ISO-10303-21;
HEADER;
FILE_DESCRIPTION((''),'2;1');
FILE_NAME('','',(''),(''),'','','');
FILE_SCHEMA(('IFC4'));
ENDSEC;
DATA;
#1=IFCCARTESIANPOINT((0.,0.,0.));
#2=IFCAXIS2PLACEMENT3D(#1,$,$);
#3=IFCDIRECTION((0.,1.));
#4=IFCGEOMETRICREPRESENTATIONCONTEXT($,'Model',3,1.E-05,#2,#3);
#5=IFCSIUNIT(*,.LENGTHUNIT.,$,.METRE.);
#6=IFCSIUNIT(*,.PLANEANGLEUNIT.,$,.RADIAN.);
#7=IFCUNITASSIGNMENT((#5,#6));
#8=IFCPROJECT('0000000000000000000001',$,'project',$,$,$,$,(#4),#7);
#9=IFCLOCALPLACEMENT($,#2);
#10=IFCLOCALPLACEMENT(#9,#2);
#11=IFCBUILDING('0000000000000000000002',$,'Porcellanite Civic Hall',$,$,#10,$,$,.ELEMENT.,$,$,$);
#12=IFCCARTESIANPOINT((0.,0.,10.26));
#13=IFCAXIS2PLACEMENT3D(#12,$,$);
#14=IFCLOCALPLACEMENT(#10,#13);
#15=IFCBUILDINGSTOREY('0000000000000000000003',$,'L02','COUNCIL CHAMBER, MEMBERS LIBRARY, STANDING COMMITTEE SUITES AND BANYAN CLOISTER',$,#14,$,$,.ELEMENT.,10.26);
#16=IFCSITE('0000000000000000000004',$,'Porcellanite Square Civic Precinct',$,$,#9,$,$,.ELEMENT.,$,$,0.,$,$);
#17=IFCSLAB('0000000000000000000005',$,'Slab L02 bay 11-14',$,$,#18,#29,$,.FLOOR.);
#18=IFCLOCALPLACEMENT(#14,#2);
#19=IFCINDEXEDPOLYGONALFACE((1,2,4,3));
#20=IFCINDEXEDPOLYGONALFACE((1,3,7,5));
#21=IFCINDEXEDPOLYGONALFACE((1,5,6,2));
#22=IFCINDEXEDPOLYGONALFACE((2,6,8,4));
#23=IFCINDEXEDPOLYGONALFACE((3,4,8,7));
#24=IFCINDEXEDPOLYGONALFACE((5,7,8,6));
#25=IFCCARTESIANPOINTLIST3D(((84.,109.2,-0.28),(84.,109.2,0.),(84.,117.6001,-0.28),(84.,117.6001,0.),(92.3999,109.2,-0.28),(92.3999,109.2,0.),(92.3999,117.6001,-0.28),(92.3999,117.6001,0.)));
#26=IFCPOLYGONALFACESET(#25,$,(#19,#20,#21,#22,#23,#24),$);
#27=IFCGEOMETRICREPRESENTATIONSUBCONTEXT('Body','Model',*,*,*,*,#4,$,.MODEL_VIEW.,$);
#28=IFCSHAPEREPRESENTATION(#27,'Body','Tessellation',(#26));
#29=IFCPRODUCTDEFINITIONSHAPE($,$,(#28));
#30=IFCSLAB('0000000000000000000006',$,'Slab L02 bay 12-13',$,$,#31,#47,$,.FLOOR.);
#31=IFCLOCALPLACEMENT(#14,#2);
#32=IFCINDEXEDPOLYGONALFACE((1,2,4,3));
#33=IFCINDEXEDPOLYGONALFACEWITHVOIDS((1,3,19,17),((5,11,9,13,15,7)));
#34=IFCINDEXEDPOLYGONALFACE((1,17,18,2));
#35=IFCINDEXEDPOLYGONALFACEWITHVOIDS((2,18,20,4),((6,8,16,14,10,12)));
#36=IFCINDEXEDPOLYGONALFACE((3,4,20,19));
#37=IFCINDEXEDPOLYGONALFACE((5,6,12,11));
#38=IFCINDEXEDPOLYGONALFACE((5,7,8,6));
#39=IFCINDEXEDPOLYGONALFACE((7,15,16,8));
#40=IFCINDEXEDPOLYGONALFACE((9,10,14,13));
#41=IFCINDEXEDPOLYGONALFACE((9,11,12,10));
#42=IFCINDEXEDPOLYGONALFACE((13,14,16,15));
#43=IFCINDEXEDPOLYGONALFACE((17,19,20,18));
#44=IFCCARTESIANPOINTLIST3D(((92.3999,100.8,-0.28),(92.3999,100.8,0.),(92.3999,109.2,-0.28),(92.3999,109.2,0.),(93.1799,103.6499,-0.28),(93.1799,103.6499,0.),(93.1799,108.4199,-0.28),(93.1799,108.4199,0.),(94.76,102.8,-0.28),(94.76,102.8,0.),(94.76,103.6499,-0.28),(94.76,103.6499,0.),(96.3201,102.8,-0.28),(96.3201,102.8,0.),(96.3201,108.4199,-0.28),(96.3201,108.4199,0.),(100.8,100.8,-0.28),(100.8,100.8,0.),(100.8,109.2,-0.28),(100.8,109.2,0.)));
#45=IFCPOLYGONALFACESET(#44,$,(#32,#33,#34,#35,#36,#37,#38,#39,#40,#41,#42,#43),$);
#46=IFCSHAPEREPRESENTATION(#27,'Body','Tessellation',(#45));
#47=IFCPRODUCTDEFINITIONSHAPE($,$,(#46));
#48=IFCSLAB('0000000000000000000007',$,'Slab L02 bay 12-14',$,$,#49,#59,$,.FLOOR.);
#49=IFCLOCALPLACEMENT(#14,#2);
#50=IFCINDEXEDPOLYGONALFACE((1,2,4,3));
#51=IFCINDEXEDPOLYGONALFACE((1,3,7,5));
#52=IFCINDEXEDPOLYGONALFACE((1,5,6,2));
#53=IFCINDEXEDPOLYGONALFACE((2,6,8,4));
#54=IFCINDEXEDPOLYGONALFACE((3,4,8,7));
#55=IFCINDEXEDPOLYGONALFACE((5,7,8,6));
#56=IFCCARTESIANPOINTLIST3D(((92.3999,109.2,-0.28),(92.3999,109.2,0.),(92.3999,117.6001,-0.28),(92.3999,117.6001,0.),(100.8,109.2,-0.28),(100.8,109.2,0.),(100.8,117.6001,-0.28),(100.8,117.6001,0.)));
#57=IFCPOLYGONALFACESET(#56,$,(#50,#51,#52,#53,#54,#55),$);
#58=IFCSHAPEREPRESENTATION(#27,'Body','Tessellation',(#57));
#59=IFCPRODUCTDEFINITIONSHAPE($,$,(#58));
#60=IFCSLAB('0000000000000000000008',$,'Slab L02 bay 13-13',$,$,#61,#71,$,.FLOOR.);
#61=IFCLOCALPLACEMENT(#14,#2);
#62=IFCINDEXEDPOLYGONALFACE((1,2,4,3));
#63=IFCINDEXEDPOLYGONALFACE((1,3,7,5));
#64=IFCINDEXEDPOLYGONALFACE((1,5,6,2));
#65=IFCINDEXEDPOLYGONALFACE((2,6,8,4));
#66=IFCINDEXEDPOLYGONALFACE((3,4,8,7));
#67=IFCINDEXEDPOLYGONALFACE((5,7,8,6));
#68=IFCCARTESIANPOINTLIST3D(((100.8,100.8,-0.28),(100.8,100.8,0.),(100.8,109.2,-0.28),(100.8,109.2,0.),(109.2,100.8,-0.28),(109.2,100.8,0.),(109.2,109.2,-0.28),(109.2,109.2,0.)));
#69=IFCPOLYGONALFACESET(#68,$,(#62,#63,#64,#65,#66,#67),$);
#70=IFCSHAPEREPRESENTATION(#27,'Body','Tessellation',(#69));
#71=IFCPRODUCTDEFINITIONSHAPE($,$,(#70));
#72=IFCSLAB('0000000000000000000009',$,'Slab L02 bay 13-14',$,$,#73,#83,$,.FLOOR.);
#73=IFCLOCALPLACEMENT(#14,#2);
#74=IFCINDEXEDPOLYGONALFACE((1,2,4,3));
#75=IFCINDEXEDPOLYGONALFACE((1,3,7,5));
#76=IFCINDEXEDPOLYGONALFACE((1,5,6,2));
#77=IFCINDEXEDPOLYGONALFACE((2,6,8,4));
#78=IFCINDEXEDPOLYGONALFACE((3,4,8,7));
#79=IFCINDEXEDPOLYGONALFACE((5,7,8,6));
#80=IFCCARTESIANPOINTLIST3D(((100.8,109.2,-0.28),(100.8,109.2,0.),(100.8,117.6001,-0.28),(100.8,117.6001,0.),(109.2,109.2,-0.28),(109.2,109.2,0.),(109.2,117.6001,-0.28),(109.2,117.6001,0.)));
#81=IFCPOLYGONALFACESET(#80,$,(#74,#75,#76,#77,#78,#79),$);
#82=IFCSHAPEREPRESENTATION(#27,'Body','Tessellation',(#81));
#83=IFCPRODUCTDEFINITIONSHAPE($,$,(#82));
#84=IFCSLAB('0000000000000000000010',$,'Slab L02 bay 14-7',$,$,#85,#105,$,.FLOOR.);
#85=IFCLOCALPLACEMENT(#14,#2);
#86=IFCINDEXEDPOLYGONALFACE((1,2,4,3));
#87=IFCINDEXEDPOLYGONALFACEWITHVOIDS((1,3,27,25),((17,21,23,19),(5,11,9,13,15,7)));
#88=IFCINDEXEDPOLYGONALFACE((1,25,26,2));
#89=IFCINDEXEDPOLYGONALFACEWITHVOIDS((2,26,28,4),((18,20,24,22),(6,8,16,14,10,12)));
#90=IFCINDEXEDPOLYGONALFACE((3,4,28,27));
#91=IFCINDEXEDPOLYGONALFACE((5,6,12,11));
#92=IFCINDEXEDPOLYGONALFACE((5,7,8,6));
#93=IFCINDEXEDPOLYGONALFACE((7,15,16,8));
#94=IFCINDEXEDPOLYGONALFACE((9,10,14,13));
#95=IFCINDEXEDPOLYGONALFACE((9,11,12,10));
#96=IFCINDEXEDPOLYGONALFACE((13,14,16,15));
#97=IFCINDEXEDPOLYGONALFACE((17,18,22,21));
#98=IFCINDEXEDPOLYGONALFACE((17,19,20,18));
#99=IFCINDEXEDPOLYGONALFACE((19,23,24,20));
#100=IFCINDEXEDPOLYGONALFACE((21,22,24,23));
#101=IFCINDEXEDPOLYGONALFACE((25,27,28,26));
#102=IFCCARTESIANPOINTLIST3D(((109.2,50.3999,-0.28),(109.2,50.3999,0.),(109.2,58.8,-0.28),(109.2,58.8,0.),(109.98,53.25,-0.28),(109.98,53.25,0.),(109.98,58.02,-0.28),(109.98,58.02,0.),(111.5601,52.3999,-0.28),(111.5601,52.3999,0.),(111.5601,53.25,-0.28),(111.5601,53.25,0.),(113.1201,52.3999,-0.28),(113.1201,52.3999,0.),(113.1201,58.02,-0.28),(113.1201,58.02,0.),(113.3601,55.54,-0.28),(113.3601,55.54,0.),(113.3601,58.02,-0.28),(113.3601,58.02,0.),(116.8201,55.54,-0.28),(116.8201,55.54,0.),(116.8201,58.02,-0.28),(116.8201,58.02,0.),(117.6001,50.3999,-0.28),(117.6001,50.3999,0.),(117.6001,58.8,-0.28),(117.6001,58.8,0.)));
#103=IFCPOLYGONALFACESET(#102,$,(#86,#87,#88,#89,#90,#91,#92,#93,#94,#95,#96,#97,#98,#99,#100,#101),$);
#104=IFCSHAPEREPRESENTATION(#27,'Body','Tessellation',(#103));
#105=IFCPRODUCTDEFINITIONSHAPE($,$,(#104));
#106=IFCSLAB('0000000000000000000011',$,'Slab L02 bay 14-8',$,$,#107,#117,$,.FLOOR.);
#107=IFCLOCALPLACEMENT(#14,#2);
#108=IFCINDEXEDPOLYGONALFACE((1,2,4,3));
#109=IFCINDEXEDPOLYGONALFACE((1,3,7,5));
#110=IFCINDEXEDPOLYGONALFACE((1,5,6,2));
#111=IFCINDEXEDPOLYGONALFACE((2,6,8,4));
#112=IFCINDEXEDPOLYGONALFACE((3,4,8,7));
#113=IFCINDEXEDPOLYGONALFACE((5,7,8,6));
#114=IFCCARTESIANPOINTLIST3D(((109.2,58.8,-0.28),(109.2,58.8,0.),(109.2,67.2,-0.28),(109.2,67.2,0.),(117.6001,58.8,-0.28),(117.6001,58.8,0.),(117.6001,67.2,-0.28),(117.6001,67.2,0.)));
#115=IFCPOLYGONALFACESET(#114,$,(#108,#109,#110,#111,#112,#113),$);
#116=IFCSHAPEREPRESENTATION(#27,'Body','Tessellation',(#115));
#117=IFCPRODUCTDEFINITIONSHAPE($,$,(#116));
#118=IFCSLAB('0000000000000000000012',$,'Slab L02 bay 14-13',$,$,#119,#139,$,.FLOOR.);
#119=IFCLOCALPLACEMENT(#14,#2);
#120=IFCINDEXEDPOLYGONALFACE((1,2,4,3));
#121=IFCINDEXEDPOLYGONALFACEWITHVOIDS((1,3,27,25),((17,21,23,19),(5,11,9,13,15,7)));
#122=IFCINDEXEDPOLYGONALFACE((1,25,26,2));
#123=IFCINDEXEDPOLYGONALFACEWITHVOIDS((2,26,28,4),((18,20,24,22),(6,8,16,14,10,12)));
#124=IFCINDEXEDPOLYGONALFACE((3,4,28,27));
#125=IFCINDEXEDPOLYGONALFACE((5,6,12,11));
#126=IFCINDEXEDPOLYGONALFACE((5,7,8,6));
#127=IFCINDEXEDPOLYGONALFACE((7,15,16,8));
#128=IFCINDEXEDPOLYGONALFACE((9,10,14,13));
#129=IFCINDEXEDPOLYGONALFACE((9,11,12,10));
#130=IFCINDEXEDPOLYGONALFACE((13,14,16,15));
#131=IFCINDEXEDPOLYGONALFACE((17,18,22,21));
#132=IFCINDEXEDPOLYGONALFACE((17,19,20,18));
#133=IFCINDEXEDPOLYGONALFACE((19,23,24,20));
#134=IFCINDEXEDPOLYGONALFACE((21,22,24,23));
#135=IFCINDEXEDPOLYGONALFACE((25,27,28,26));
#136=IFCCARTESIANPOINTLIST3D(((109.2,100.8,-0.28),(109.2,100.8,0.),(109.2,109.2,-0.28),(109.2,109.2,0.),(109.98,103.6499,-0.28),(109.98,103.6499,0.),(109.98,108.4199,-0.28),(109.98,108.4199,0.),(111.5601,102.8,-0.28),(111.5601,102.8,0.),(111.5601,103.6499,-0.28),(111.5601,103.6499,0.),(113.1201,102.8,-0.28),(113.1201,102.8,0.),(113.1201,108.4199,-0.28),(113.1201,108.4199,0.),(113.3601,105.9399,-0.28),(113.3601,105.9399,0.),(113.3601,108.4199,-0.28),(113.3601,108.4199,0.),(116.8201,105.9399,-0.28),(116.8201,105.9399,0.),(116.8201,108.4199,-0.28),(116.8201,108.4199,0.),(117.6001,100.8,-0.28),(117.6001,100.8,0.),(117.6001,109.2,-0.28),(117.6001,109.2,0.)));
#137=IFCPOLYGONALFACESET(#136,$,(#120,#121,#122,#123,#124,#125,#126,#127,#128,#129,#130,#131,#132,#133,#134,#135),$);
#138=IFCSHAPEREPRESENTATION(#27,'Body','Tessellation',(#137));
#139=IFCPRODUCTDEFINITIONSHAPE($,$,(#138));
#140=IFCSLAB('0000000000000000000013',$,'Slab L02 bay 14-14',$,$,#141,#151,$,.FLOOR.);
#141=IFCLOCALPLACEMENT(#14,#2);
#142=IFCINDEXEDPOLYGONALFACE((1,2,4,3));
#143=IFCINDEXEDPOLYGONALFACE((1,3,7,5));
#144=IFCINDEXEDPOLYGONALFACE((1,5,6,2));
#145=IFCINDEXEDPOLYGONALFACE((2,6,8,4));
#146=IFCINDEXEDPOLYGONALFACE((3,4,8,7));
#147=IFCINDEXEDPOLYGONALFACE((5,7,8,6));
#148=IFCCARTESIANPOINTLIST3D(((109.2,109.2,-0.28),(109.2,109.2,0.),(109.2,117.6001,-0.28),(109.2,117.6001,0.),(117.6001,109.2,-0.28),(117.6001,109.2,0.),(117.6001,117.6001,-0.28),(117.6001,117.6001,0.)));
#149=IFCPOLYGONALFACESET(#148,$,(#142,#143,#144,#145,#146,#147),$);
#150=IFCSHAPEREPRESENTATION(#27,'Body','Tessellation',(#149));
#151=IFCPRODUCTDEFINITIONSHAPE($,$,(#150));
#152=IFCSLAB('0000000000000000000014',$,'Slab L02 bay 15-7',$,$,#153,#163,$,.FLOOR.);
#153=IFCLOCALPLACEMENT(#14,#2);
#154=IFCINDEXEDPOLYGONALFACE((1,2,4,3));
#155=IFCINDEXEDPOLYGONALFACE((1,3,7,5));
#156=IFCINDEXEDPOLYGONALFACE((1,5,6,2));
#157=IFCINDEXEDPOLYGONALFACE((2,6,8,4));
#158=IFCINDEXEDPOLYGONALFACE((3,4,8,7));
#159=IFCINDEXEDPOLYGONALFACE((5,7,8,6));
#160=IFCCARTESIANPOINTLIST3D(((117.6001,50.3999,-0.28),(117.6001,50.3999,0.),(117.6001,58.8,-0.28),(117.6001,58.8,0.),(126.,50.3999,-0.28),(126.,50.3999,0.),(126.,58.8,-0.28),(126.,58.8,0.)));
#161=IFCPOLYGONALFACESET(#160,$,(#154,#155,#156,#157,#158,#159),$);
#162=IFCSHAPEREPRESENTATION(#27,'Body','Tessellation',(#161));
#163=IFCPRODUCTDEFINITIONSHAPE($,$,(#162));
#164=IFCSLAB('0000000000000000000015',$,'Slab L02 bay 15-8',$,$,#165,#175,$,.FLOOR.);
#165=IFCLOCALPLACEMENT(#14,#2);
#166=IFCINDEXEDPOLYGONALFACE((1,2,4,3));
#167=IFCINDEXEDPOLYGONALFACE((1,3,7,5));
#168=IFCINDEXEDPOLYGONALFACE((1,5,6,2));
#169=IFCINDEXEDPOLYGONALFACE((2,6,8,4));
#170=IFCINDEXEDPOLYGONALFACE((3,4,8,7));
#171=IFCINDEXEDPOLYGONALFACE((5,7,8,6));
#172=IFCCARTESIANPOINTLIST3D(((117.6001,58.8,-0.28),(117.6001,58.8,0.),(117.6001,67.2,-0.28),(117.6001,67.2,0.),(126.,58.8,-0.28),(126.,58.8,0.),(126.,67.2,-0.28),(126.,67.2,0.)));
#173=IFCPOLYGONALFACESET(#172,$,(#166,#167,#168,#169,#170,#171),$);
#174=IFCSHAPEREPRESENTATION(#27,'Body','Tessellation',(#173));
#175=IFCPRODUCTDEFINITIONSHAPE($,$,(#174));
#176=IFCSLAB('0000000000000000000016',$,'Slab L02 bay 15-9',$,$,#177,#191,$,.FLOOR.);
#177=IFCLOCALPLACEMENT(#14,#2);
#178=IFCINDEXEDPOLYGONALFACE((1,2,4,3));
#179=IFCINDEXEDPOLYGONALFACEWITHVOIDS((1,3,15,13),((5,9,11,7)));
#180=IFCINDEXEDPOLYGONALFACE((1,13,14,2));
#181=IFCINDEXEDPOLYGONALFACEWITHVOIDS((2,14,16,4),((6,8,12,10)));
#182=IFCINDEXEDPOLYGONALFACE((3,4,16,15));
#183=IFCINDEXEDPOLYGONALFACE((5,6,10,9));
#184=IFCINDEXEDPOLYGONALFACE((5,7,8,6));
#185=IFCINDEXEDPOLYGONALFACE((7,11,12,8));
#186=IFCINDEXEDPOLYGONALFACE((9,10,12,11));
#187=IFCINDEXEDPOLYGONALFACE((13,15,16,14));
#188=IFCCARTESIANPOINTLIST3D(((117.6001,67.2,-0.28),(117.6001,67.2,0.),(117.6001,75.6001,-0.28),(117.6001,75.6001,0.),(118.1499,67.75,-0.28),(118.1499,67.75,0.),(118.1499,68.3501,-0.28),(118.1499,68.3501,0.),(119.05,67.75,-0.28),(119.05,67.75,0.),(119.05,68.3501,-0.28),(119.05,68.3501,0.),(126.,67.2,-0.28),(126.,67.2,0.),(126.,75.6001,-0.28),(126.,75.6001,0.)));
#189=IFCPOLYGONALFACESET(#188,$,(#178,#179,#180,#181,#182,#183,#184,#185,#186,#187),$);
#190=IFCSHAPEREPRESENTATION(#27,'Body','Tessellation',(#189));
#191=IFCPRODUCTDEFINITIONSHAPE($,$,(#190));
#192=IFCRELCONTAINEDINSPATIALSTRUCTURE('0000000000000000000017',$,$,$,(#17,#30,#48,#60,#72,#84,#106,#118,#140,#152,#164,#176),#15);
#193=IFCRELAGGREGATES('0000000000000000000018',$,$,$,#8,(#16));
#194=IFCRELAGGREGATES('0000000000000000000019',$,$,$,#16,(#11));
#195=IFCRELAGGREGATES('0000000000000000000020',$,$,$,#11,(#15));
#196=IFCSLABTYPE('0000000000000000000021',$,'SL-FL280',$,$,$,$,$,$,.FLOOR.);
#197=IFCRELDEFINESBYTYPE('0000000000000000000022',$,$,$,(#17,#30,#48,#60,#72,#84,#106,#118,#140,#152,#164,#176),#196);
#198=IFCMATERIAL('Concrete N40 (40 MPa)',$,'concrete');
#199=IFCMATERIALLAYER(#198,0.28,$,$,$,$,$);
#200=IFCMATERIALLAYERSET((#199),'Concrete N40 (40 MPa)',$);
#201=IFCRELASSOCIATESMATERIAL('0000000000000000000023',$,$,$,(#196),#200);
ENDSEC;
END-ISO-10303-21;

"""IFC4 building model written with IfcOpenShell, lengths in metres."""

from ifc_helpers import new_model, si_unit, direction, frame, origin, place, context, subcontext, project, spatial, polyline, outline, extrude, material, layer, layer_set, type_object, element, save


model = new_model("IFC4")

# Units and contexts
model_context = context("Model", 3, precision=1e-05, world=origin(), true_north=direction((0.0, 1.0)))
body_context = subcontext(model_context, "Body", "Model", "MODEL_VIEW")
ifc_project = project(units=[si_unit("LENGTHUNIT", "METRE"), si_unit("PLANEANGLEUNIT", "RADIAN")], contexts=[model_context])

# Site, building, storey
site_placement = place(None, origin())
site = spatial("IfcSite", under=ifc_project, at=site_placement, Name="Porcellanite Square Civic Precinct", CompositionType="ELEMENT", RefElevation=0.0)
building_placement = place(site_placement, origin())
building = spatial("IfcBuilding", under=site, at=building_placement, Name="Porcellanite Civic Hall", CompositionType="ELEMENT")
storey_placement = place(building_placement, frame((0.0, 0.0, 10.26)))
storey = spatial("IfcBuildingStorey", under=building, at=storey_placement, Name="L02", Description="COUNCIL CHAMBER, MEMBERS LIBRARY, STANDING COMMITTEE SUITES AND BANYAN CLOISTER", CompositionType="ELEMENT", Elevation=10.26)

# Slabs
ifc_material = material(Name="Concrete N40 (40 MPa)", Category="concrete")
ifc_layer = layer(ifc_material, 0.28)
ifc_layer_set = layer_set([ifc_layer], Name="Concrete N40 (40 MPa)")
slab_type = type_object("IfcSlabType", Name="SL-FL280", PredefinedType="FLOOR", material=ifc_layer_set)
slab_1_placement = place(storey_placement, frame((0.0, 0.0, -0.28)))
element("IfcSlab", 1, at=slab_1_placement, inside=storey, type_object=slab_type, Name="Slab L02 bay 11-14", PredefinedType="FLOOR", context=body_context, shape_type="SweptSolid", body=[
    extrude(outline(polyline([(84.0, 109.2), (92.3999, 109.2), (92.3999, 117.6001), (84.0, 117.6001), (84.0, 109.2)])), origin(), (0.0, 0.0, 1.0), 0.28),
])
slab_2_placement = place(storey_placement, frame((0.0, 0.0, -0.28)))
element("IfcSlab", 2, at=slab_2_placement, inside=storey, type_object=slab_type, Name="Slab L02 bay 12-13", PredefinedType="FLOOR", context=body_context, shape_type="SweptSolid", body=[
    extrude(outline(polyline([(92.3999, 100.8), (100.8, 100.8), (100.8, 109.2), (92.3999, 109.2), (92.3999, 100.8)]), holes=[polyline([(93.1799, 103.6499), (94.76, 103.6499), (94.76, 102.8), (96.3201, 102.8), (96.3201, 108.4199), (93.1799, 108.4199), (93.1799, 103.6499)])]), origin(), (0.0, 0.0, 1.0), 0.28),
])
slab_3_placement = place(storey_placement, frame((0.0, 0.0, -0.28)))
element("IfcSlab", 3, at=slab_3_placement, inside=storey, type_object=slab_type, Name="Slab L02 bay 12-14", PredefinedType="FLOOR", context=body_context, shape_type="SweptSolid", body=[
    extrude(outline(polyline([(92.3999, 109.2), (100.8, 109.2), (100.8, 117.6001), (92.3999, 117.6001), (92.3999, 109.2)])), origin(), (0.0, 0.0, 1.0), 0.28),
])
slab_4_placement = place(storey_placement, frame((0.0, 0.0, -0.28)))
element("IfcSlab", 4, at=slab_4_placement, inside=storey, type_object=slab_type, Name="Slab L02 bay 13-13", PredefinedType="FLOOR", context=body_context, shape_type="SweptSolid", body=[
    extrude(outline(polyline([(100.8, 100.8), (109.2, 100.8), (109.2, 109.2), (100.8, 109.2), (100.8, 100.8)])), origin(), (0.0, 0.0, 1.0), 0.28),
])
slab_5_placement = place(storey_placement, frame((0.0, 0.0, -0.28)))
element("IfcSlab", 5, at=slab_5_placement, inside=storey, type_object=slab_type, Name="Slab L02 bay 13-14", PredefinedType="FLOOR", context=body_context, shape_type="SweptSolid", body=[
    extrude(outline(polyline([(100.8, 109.2), (109.2, 109.2), (109.2, 117.6001), (100.8, 117.6001), (100.8, 109.2)])), origin(), (0.0, 0.0, 1.0), 0.28),
])
slab_6_placement = place(storey_placement, frame((0.0, 0.0, -0.28)))
element("IfcSlab", 6, at=slab_6_placement, inside=storey, type_object=slab_type, Name="Slab L02 bay 14-7", PredefinedType="FLOOR", context=body_context, shape_type="SweptSolid", body=[
    extrude(outline(polyline([(109.2, 50.3999), (117.6001, 50.3999), (117.6001, 58.8), (109.2, 58.8), (109.2, 50.3999)]), holes=[polyline([(109.98, 53.25), (111.5601, 53.25), (111.5601, 52.3999), (113.1201, 52.3999), (113.1201, 58.02), (109.98, 58.02), (109.98, 53.25)]), polyline([(113.3601, 55.54), (116.8201, 55.54), (116.8201, 58.02), (113.3601, 58.02), (113.3601, 55.54)])]), origin(), (0.0, 0.0, 1.0), 0.28),
])
slab_7_placement = place(storey_placement, frame((0.0, 0.0, -0.28)))
element("IfcSlab", 7, at=slab_7_placement, inside=storey, type_object=slab_type, Name="Slab L02 bay 14-8", PredefinedType="FLOOR", context=body_context, shape_type="SweptSolid", body=[
    extrude(outline(polyline([(109.2, 58.8), (117.6001, 58.8), (117.6001, 67.2), (109.2, 67.2), (109.2, 58.8)])), origin(), (0.0, 0.0, 1.0), 0.28),
])
slab_8_placement = place(storey_placement, frame((0.0, 0.0, -0.28)))
element("IfcSlab", 8, at=slab_8_placement, inside=storey, type_object=slab_type, Name="Slab L02 bay 14-13", PredefinedType="FLOOR", context=body_context, shape_type="SweptSolid", body=[
    extrude(outline(polyline([(109.2, 100.8), (117.6001, 100.8), (117.6001, 109.2), (109.2, 109.2), (109.2, 100.8)]), holes=[polyline([(109.98, 103.6499), (111.5601, 103.6499), (111.5601, 102.8), (113.1201, 102.8), (113.1201, 108.4199), (109.98, 108.4199), (109.98, 103.6499)]), polyline([(113.3601, 105.9399), (116.8201, 105.9399), (116.8201, 108.4199), (113.3601, 108.4199), (113.3601, 105.9399)])]), origin(), (0.0, 0.0, 1.0), 0.28),
])
slab_9_placement = place(storey_placement, frame((0.0, 0.0, -0.28)))
element("IfcSlab", 9, at=slab_9_placement, inside=storey, type_object=slab_type, Name="Slab L02 bay 14-14", PredefinedType="FLOOR", context=body_context, shape_type="SweptSolid", body=[
    extrude(outline(polyline([(109.2, 109.2), (117.6001, 109.2), (117.6001, 117.6001), (109.2, 117.6001), (109.2, 109.2)])), origin(), (0.0, 0.0, 1.0), 0.28),
])
slab_10_placement = place(storey_placement, frame((0.0, 0.0, -0.28)))
element("IfcSlab", 10, at=slab_10_placement, inside=storey, type_object=slab_type, Name="Slab L02 bay 15-7", PredefinedType="FLOOR", context=body_context, shape_type="SweptSolid", body=[
    extrude(outline(polyline([(117.6001, 50.3999), (126.0, 50.3999), (126.0, 58.8), (117.6001, 58.8), (117.6001, 50.3999)])), origin(), (0.0, 0.0, 1.0), 0.28),
])
slab_11_placement = place(storey_placement, frame((0.0, 0.0, -0.28)))
element("IfcSlab", 11, at=slab_11_placement, inside=storey, type_object=slab_type, Name="Slab L02 bay 15-8", PredefinedType="FLOOR", context=body_context, shape_type="SweptSolid", body=[
    extrude(outline(polyline([(117.6001, 58.8), (126.0, 58.8), (126.0, 67.2), (117.6001, 67.2), (117.6001, 58.8)])), origin(), (0.0, 0.0, 1.0), 0.28),
])
slab_12_placement = place(storey_placement, frame((0.0, 0.0, -0.28)))
element("IfcSlab", 12, at=slab_12_placement, inside=storey, type_object=slab_type, Name="Slab L02 bay 15-9", PredefinedType="FLOOR", context=body_context, shape_type="SweptSolid", body=[
    extrude(outline(polyline([(117.6001, 67.2), (126.0, 67.2), (126.0, 75.6001), (117.6001, 75.6001), (117.6001, 67.2)]), holes=[polyline([(118.1499, 67.75), (119.05, 67.75), (119.05, 68.3501), (118.1499, 68.3501), (118.1499, 67.75)])]), origin(), (0.0, 0.0, 1.0), 0.28),
])

save(model, "model.ifc")
